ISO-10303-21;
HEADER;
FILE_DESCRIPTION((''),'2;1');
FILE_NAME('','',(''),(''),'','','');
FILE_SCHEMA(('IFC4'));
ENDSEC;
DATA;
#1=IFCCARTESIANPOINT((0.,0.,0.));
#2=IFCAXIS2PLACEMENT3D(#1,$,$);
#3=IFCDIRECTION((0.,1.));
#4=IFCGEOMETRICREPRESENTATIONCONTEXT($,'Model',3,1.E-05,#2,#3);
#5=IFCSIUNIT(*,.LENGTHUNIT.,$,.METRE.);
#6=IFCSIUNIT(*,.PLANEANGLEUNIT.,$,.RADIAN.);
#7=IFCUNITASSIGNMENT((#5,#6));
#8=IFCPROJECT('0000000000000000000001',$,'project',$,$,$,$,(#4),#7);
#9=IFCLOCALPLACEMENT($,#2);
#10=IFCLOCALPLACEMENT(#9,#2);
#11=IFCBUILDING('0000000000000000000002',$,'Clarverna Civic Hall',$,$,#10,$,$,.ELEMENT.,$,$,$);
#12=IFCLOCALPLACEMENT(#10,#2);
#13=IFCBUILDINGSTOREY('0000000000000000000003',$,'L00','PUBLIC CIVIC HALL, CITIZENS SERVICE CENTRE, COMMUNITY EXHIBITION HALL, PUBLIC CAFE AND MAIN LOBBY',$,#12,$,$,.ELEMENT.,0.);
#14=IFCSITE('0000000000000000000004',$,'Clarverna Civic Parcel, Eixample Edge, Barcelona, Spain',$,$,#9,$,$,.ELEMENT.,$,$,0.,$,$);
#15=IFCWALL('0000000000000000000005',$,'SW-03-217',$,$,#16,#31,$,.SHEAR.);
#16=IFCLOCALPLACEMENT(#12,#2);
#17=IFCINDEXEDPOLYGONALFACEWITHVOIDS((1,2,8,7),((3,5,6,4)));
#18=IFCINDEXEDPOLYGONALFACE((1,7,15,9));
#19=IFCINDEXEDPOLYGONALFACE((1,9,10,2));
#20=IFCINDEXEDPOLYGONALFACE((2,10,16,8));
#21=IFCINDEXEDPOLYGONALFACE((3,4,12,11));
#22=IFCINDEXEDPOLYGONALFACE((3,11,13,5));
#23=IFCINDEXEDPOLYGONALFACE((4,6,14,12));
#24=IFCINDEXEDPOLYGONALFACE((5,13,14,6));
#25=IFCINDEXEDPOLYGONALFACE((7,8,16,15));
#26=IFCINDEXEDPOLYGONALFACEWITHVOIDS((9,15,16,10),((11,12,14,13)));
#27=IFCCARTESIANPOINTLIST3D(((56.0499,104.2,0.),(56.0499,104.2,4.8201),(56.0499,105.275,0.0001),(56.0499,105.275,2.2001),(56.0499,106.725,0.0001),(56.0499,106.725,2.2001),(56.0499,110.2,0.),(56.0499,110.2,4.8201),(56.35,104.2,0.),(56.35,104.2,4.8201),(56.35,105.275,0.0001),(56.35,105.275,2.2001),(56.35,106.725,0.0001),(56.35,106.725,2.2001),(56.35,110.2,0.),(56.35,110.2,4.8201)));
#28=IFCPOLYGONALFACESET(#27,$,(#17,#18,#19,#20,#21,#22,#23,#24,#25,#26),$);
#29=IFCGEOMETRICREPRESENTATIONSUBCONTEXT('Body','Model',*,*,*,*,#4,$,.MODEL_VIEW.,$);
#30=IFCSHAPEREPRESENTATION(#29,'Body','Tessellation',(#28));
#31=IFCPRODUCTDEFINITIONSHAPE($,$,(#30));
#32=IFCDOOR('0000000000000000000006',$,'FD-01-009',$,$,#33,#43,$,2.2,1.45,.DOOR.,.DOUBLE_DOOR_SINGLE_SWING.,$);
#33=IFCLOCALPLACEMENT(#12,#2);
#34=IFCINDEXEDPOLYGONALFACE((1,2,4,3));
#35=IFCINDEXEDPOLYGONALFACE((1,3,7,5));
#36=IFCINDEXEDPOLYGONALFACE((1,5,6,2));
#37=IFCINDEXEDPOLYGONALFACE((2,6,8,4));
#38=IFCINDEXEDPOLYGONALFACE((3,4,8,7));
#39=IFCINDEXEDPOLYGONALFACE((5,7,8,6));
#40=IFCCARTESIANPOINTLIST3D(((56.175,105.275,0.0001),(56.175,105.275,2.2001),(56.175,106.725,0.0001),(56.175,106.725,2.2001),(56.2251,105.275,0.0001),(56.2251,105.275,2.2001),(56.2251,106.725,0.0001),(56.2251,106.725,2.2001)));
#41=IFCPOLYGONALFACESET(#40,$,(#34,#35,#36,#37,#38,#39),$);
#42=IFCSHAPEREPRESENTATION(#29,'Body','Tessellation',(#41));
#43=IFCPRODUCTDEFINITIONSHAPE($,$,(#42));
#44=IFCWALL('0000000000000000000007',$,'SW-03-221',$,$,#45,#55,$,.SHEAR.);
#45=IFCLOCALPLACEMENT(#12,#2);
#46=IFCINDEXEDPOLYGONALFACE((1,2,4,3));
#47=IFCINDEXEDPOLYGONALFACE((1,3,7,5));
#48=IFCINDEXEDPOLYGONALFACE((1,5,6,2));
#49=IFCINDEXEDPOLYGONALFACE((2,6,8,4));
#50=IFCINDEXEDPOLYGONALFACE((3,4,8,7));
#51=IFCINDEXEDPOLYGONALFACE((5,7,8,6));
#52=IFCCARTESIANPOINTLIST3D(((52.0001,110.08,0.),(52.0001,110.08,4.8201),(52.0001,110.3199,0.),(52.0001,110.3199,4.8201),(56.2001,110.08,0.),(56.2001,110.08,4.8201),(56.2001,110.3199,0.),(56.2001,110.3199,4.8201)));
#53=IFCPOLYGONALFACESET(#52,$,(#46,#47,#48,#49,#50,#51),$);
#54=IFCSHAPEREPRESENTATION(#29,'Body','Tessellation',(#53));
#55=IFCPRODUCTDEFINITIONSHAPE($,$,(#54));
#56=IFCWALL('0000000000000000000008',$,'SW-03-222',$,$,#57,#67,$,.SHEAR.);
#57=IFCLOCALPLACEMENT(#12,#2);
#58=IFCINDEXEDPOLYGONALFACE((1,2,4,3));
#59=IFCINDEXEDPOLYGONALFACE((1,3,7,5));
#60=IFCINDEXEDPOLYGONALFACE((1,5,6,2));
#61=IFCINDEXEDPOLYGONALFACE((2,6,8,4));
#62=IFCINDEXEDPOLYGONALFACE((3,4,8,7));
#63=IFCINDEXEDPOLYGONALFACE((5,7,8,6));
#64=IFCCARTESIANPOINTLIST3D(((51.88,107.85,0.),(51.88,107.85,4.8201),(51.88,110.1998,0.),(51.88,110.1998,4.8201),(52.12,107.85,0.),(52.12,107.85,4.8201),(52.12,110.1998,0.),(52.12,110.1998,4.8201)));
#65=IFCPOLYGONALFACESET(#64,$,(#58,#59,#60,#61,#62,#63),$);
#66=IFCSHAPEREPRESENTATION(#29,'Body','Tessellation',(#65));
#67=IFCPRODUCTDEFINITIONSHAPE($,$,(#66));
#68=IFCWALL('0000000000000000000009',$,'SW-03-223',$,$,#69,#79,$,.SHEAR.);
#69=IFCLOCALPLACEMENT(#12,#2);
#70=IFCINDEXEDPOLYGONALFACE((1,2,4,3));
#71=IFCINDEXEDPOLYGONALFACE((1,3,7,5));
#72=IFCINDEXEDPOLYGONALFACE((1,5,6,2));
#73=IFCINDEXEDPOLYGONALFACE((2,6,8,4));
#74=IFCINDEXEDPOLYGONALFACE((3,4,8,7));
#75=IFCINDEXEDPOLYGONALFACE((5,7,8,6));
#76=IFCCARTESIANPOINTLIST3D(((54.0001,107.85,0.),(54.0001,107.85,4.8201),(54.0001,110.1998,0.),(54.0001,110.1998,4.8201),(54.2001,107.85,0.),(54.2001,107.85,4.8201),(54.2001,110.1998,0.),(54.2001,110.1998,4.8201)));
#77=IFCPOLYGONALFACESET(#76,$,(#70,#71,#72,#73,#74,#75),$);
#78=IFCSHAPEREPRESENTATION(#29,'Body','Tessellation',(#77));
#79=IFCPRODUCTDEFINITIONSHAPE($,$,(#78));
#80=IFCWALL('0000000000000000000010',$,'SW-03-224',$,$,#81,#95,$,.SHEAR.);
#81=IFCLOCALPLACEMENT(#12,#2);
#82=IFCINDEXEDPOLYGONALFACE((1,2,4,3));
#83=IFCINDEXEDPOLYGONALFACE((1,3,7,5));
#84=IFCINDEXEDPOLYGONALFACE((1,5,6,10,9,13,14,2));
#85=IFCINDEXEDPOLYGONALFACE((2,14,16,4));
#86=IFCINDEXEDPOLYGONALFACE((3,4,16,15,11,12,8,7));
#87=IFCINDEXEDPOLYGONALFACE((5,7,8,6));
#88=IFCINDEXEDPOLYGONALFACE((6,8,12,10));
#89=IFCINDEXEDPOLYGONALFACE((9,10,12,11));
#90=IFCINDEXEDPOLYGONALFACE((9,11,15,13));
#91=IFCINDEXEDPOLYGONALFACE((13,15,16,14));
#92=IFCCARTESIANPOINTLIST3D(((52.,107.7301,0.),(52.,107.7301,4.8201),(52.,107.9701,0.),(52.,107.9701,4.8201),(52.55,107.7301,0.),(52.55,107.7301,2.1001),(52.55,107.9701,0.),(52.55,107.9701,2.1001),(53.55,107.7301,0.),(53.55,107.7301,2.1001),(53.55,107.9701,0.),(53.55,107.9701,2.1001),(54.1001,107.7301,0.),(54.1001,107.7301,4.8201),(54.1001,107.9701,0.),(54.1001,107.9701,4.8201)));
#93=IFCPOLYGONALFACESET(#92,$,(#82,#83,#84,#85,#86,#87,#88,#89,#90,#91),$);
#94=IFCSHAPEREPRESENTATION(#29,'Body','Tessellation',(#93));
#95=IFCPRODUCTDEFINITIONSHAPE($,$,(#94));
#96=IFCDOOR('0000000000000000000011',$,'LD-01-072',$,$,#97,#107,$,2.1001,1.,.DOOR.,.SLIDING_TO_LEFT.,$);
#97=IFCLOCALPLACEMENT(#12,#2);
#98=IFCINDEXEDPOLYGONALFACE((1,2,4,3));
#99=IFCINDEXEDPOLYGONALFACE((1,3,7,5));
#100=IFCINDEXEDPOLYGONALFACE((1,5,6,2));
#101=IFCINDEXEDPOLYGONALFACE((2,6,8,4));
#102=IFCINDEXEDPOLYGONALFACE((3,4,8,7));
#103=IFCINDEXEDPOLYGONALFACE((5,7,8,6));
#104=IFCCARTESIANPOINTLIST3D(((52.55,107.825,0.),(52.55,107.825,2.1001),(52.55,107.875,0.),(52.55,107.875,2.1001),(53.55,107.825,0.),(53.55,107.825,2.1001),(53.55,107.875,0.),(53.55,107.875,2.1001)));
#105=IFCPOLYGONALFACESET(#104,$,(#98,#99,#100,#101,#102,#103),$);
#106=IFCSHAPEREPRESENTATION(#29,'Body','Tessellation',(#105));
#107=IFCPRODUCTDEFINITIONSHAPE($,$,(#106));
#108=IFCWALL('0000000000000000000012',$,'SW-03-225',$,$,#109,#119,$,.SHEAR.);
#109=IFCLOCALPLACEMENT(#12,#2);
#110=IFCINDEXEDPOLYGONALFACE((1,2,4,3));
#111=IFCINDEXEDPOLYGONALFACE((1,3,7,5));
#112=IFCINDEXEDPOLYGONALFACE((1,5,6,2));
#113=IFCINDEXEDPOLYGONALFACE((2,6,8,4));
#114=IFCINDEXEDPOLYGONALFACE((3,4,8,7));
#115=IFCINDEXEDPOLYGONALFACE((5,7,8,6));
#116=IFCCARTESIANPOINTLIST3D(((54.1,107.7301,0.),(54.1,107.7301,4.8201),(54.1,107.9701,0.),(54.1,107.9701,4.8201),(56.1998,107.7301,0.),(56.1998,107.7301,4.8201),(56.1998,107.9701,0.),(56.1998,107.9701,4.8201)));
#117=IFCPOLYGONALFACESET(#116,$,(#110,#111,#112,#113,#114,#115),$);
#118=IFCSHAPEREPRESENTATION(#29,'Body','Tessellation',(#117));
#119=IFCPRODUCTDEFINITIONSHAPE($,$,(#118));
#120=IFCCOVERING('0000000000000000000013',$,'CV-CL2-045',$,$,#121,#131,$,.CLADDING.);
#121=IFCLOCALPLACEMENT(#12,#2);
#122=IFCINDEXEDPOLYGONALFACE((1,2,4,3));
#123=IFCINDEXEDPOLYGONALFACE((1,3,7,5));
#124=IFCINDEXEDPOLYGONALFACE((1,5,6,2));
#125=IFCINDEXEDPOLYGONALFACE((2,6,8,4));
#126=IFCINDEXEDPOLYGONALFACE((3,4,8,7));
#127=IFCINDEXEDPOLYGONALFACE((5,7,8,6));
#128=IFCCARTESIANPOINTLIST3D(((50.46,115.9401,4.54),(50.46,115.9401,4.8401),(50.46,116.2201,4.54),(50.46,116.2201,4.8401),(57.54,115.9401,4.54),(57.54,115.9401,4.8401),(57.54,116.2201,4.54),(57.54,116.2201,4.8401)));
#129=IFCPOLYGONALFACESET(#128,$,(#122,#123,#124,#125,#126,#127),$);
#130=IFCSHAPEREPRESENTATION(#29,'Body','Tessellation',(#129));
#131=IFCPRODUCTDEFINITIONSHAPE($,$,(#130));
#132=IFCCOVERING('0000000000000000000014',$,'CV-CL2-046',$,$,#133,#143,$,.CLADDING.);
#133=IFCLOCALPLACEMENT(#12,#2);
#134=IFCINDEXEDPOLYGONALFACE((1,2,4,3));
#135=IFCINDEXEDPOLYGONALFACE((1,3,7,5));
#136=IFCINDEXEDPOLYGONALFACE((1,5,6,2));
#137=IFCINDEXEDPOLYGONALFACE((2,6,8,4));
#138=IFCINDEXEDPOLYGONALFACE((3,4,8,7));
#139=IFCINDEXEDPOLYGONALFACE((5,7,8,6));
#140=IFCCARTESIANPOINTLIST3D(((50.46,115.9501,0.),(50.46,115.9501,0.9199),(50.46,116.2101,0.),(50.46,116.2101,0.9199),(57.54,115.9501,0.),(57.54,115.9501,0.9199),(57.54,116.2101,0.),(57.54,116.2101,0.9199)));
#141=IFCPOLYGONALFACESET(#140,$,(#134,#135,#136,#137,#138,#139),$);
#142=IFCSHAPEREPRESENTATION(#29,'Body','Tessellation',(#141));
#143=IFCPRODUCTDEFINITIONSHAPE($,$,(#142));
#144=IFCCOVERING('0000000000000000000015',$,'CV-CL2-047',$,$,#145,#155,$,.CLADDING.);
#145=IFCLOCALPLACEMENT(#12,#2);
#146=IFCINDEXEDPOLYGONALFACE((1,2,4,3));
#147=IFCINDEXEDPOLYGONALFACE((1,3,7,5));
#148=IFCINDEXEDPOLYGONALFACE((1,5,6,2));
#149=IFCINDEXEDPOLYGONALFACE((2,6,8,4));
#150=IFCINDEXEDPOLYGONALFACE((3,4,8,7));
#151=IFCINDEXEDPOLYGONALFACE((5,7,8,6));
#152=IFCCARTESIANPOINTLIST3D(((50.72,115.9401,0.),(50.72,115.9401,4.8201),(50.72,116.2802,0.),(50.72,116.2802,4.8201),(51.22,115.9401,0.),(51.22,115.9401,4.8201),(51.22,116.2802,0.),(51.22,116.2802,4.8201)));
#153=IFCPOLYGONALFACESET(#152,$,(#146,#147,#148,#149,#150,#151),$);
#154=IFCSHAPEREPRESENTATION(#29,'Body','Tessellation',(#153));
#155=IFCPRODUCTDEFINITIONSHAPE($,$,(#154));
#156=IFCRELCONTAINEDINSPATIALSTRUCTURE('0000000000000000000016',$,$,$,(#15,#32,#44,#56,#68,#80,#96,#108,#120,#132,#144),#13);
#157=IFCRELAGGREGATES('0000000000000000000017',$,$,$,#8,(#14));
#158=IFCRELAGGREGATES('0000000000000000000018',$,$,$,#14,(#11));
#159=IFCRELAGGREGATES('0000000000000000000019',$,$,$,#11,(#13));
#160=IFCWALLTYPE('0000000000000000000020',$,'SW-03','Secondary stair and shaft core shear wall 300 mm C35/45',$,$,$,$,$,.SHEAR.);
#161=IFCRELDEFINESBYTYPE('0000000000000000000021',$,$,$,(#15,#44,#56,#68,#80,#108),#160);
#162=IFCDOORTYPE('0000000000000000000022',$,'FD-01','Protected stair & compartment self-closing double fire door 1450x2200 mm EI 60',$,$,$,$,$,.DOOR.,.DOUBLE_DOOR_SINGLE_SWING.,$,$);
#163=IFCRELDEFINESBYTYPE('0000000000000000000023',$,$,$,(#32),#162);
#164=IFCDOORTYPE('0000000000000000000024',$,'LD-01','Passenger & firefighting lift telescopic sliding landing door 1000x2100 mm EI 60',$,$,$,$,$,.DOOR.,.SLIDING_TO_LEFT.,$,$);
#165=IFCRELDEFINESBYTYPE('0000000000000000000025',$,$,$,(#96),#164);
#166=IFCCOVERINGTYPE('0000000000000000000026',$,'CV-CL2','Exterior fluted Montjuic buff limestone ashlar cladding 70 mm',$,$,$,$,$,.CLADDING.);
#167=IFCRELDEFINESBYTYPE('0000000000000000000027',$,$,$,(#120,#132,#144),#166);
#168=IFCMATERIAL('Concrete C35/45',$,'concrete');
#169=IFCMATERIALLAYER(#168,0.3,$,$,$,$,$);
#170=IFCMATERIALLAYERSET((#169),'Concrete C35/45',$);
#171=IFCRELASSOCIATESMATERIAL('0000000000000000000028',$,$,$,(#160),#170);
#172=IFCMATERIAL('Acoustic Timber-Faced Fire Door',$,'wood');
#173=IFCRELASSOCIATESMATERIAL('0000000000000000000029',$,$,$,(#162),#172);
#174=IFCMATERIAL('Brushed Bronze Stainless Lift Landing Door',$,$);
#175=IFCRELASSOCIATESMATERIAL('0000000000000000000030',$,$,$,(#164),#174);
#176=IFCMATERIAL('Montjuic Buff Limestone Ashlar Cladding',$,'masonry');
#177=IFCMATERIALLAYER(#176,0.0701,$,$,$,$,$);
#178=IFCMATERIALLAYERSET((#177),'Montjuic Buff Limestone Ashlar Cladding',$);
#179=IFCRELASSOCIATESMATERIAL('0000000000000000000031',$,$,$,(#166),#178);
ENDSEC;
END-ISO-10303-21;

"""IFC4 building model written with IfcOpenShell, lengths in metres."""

from ifc_helpers import new_model, si_unit, direction, frame, frame_2d, origin, place, context, subcontext, project, spatial, rectangle, extrude, material, layer, layer_set, type_object, element, fill, save


model = new_model("IFC4")

# Units and contexts
model_context = context("Model", 3, precision=1e-05, world=origin(), true_north=direction((0.0, 1.0)))
body_context = subcontext(model_context, "Body", "Model", "MODEL_VIEW")
ifc_project = project(units=[si_unit("LENGTHUNIT", "METRE"), si_unit("PLANEANGLEUNIT", "RADIAN")], contexts=[model_context])

# Site, building, storey
site_placement = place(None, origin())
site = spatial("IfcSite", under=ifc_project, at=site_placement, Name="Clarverna Civic Parcel, Eixample Edge, Barcelona, Spain", CompositionType="ELEMENT", RefElevation=0.0)
building_placement = place(site_placement, origin())
building = spatial("IfcBuilding", under=site, at=building_placement, Name="Clarverna Civic Hall", CompositionType="ELEMENT")
storey_placement = place(building_placement, origin())
storey = spatial("IfcBuildingStorey", under=building, at=storey_placement, Name="L00", Description="PUBLIC CIVIC HALL, CITIZENS SERVICE CENTRE, COMMUNITY EXHIBITION HALL, PUBLIC CAFE AND MAIN LOBBY", CompositionType="ELEMENT", Elevation=0.0)

# Shared definitions
ifc_material_1 = material(Name="Concrete C35/45", Category="concrete")

# Shared definitions
ifc_material_2 = material(Name="Acoustic Timber-Faced Fire Door", Category="wood")

# Wall, opening, door
ifc_layer_1 = layer(ifc_material_1, 0.3)
ifc_layer_set_1 = layer_set([ifc_layer_1], Name="Concrete C35/45")
wall_type_1 = type_object("IfcWallType", Name="SW-03", Description="Secondary stair and shaft core shear wall 300 mm C35/45", PredefinedType="SHEAR", material=ifc_layer_set_1)
wall_1_placement = place(storey_placement, frame((56.2, 104.2, 0.0), z_axis=(0.0, 0.0, 1.0), x_axis=(0.0, 1.0, 0.0)))
wall_1 = element("IfcWall", 1, at=wall_1_placement, inside=storey, type_object=wall_type_1, Name="SW-03-217", PredefinedType="SHEAR", context=body_context, shape_type="SweptSolid", body=[
    extrude(rectangle(XDim=6.0, YDim=0.3, at=frame_2d((3.0, 0.0))), origin(), (0.0, 0.0, 1.0), 4.8201),
])
opening_1_placement = place(wall_1_placement, frame((1.075, 0.0, 0.0)))
opening_1 = element("IfcOpeningElement", 2, at=opening_1_placement, cuts=wall_1, PredefinedType="OPENING", context=body_context, shape_type="SweptSolid", body=[
    extrude(rectangle(XDim=1.45, YDim=2.2, at=frame_2d((0.7251, 1.1001))), frame((0.0, 0.1599, 0.0), z_axis=(0.0, -1.0, 0.0), x_axis=(1.0, 0.0, 0.0)), (0.0, 0.0, 1.0), 0.3201),
])
door_type_1 = type_object("IfcDoorType", Name="FD-01", Description="Protected stair & compartment self-closing double fire door 1450x2200 mm EI 60", OperationType="DOUBLE_DOOR_SINGLE_SWING", PredefinedType="DOOR", material=ifc_material_2)
door_1_placement = place(opening_1_placement, origin())
door_1 = element("IfcDoor", 3, at=door_1_placement, inside=storey, type_object=door_type_1, Name="FD-01-009", OperationType="DOUBLE_DOOR_SINGLE_SWING", OverallHeight=2.2, OverallWidth=1.45, PredefinedType="DOOR", context=body_context, shape_type="SweptSolid", body=[
    extrude(rectangle(XDim=1.45, YDim=2.2, at=frame_2d((0.7251, 1.1001))), frame((0.0, 0.0249, 0.0), z_axis=(0.0, -1.0, 0.0), x_axis=(1.0, 0.0, 0.0)), (0.0, 0.0, 1.0), 0.05),
])
fill(opening_1, door_1)

# Walls
wall_2_placement = place(storey_placement, frame((52.0, 110.2, 0.0), z_axis=(0.0, 0.0, 1.0), x_axis=(1.0, 0.0, 0.0)))
element("IfcWall", 4, at=wall_2_placement, inside=storey, type_object=wall_type_1, Name="SW-03-221", PredefinedType="SHEAR", context=body_context, shape_type="SweptSolid", body=[
    extrude(rectangle(XDim=4.2, YDim=0.24, at=frame_2d((2.1001, 0.0))), origin(), (0.0, 0.0, 1.0), 4.8201),
])
wall_3_placement = place(storey_placement, frame((52.0, 107.8501, 0.0), z_axis=(0.0, 0.0, 1.0), x_axis=(0.0, 1.0, 0.0)))
element("IfcWall", 5, at=wall_3_placement, inside=storey, type_object=wall_type_1, Name="SW-03-222", PredefinedType="SHEAR", context=body_context, shape_type="SweptSolid", body=[
    extrude(rectangle(XDim=2.3499, YDim=0.24, at=frame_2d((1.1748, 0.0))), origin(), (0.0, 0.0, 1.0), 4.8201),
])
wall_4_placement = place(storey_placement, frame((54.1001, 107.8501, 0.0), z_axis=(0.0, 0.0, 1.0), x_axis=(0.0, 1.0, 0.0)))
element("IfcWall", 6, at=wall_4_placement, inside=storey, type_object=wall_type_1, Name="SW-03-223", PredefinedType="SHEAR", context=body_context, shape_type="SweptSolid", body=[
    extrude(rectangle(XDim=2.3499, YDim=0.2, at=frame_2d((1.1748, 0.0))), origin(), (0.0, 0.0, 1.0), 4.8201),
])

# Wall, opening, door
wall_5_placement = place(storey_placement, frame((52.0, 107.8501, 0.0), z_axis=(0.0, 0.0, 1.0), x_axis=(1.0, 0.0, 0.0)))
wall_5 = element("IfcWall", 7, at=wall_5_placement, inside=storey, type_object=wall_type_1, Name="SW-03-224", PredefinedType="SHEAR", context=body_context, shape_type="SweptSolid", body=[
    extrude(rectangle(XDim=2.1001, YDim=0.24, at=frame_2d((1.05, 0.0))), origin(), (0.0, 0.0, 1.0), 4.8201),
])
opening_2_placement = place(wall_5_placement, frame((0.55, 0.0, 0.0)))
opening_2 = element("IfcOpeningElement", 8, at=opening_2_placement, cuts=wall_5, PredefinedType="OPENING", context=body_context, shape_type="SweptSolid", body=[
    extrude(rectangle(XDim=1.0, YDim=2.1001, at=frame_2d((0.5, 1.05))), frame((0.0, 0.1299, 0.0), z_axis=(0.0, -1.0, 0.0), x_axis=(1.0, 0.0, 0.0)), (0.0, 0.0, 1.0), 0.26),
])
ifc_material_3 = material(Name="Brushed Bronze Stainless Lift Landing Door")
door_type_2 = type_object("IfcDoorType", Name="LD-01", Description="Passenger & firefighting lift telescopic sliding landing door 1000x2100 mm EI 60", OperationType="SLIDING_TO_LEFT", PredefinedType="DOOR", material=ifc_material_3)
door_2_placement = place(opening_2_placement, origin())
door_2 = element("IfcDoor", 9, at=door_2_placement, inside=storey, type_object=door_type_2, Name="LD-01-072", OperationType="SLIDING_TO_LEFT", OverallHeight=2.1001, OverallWidth=1.0, PredefinedType="DOOR", context=body_context, shape_type="SweptSolid", body=[
    extrude(rectangle(XDim=1.0, YDim=2.1001, at=frame_2d((0.5, 1.05))), frame((0.0, 0.0249, 0.0), z_axis=(0.0, -1.0, 0.0), x_axis=(1.0, 0.0, 0.0)), (0.0, 0.0, 1.0), 0.05),
])
fill(opening_2, door_2)

# Wall
wall_6_placement = place(storey_placement, frame((54.1001, 107.8501, 0.0), z_axis=(0.0, 0.0, 1.0), x_axis=(1.0, 0.0, 0.0)))
element("IfcWall", 10, at=wall_6_placement, inside=storey, type_object=wall_type_1, Name="SW-03-225", PredefinedType="SHEAR", context=body_context, shape_type="SweptSolid", body=[
    extrude(rectangle(XDim=2.0999, YDim=0.24, at=frame_2d((1.0498, 0.0))), origin(), (0.0, 0.0, 1.0), 4.8201),
])

# Coverings
ifc_material_4 = material(Name="Montjuic Buff Limestone Ashlar Cladding", Category="masonry")
ifc_layer_2 = layer(ifc_material_4, 0.0701)
ifc_layer_set_2 = layer_set([ifc_layer_2], Name="Montjuic Buff Limestone Ashlar Cladding")
covering_type = type_object("IfcCoveringType", Name="CV-CL2", Description="Exterior fluted Montjuic buff limestone ashlar cladding 70 mm", PredefinedType="CLADDING", material=ifc_layer_set_2)
covering_1_placement = place(storey_placement, frame((50.46, 116.0801, 4.54), z_axis=(0.0, 0.0, 1.0), x_axis=(1.0, 0.0, 0.0)))
element("IfcCovering", 11, at=covering_1_placement, inside=storey, type_object=covering_type, Name="CV-CL2-045", PredefinedType="CLADDING", context=body_context, shape_type="SweptSolid", body=[
    extrude(rectangle(XDim=7.0801, YDim=0.28, at=frame_2d((3.54, 0.0))), origin(), (0.0, 0.0, 1.0), 0.3),
])
covering_2_placement = place(storey_placement, frame((50.46, 116.0801, 0.0), z_axis=(0.0, 0.0, 1.0), x_axis=(1.0, 0.0, 0.0)))
element("IfcCovering", 12, at=covering_2_placement, inside=storey, type_object=covering_type, Name="CV-CL2-046", PredefinedType="CLADDING", context=body_context, shape_type="SweptSolid", body=[
    extrude(rectangle(XDim=7.0801, YDim=0.26, at=frame_2d((3.54, 0.0))), origin(), (0.0, 0.0, 1.0), 0.9199),
])
covering_3_placement = place(storey_placement, frame((50.72, 116.1101, 0.0), z_axis=(0.0, 0.0, 1.0), x_axis=(1.0, 0.0, 0.0)))
element("IfcCovering", 13, at=covering_3_placement, inside=storey, type_object=covering_type, Name="CV-CL2-047", PredefinedType="CLADDING", context=body_context, shape_type="SweptSolid", body=[
    extrude(rectangle(XDim=0.5, YDim=0.3401, at=frame_2d((0.25, 0.0))), origin(), (0.0, 0.0, 1.0), 4.8201),
])

save(model, "model.ifc")
